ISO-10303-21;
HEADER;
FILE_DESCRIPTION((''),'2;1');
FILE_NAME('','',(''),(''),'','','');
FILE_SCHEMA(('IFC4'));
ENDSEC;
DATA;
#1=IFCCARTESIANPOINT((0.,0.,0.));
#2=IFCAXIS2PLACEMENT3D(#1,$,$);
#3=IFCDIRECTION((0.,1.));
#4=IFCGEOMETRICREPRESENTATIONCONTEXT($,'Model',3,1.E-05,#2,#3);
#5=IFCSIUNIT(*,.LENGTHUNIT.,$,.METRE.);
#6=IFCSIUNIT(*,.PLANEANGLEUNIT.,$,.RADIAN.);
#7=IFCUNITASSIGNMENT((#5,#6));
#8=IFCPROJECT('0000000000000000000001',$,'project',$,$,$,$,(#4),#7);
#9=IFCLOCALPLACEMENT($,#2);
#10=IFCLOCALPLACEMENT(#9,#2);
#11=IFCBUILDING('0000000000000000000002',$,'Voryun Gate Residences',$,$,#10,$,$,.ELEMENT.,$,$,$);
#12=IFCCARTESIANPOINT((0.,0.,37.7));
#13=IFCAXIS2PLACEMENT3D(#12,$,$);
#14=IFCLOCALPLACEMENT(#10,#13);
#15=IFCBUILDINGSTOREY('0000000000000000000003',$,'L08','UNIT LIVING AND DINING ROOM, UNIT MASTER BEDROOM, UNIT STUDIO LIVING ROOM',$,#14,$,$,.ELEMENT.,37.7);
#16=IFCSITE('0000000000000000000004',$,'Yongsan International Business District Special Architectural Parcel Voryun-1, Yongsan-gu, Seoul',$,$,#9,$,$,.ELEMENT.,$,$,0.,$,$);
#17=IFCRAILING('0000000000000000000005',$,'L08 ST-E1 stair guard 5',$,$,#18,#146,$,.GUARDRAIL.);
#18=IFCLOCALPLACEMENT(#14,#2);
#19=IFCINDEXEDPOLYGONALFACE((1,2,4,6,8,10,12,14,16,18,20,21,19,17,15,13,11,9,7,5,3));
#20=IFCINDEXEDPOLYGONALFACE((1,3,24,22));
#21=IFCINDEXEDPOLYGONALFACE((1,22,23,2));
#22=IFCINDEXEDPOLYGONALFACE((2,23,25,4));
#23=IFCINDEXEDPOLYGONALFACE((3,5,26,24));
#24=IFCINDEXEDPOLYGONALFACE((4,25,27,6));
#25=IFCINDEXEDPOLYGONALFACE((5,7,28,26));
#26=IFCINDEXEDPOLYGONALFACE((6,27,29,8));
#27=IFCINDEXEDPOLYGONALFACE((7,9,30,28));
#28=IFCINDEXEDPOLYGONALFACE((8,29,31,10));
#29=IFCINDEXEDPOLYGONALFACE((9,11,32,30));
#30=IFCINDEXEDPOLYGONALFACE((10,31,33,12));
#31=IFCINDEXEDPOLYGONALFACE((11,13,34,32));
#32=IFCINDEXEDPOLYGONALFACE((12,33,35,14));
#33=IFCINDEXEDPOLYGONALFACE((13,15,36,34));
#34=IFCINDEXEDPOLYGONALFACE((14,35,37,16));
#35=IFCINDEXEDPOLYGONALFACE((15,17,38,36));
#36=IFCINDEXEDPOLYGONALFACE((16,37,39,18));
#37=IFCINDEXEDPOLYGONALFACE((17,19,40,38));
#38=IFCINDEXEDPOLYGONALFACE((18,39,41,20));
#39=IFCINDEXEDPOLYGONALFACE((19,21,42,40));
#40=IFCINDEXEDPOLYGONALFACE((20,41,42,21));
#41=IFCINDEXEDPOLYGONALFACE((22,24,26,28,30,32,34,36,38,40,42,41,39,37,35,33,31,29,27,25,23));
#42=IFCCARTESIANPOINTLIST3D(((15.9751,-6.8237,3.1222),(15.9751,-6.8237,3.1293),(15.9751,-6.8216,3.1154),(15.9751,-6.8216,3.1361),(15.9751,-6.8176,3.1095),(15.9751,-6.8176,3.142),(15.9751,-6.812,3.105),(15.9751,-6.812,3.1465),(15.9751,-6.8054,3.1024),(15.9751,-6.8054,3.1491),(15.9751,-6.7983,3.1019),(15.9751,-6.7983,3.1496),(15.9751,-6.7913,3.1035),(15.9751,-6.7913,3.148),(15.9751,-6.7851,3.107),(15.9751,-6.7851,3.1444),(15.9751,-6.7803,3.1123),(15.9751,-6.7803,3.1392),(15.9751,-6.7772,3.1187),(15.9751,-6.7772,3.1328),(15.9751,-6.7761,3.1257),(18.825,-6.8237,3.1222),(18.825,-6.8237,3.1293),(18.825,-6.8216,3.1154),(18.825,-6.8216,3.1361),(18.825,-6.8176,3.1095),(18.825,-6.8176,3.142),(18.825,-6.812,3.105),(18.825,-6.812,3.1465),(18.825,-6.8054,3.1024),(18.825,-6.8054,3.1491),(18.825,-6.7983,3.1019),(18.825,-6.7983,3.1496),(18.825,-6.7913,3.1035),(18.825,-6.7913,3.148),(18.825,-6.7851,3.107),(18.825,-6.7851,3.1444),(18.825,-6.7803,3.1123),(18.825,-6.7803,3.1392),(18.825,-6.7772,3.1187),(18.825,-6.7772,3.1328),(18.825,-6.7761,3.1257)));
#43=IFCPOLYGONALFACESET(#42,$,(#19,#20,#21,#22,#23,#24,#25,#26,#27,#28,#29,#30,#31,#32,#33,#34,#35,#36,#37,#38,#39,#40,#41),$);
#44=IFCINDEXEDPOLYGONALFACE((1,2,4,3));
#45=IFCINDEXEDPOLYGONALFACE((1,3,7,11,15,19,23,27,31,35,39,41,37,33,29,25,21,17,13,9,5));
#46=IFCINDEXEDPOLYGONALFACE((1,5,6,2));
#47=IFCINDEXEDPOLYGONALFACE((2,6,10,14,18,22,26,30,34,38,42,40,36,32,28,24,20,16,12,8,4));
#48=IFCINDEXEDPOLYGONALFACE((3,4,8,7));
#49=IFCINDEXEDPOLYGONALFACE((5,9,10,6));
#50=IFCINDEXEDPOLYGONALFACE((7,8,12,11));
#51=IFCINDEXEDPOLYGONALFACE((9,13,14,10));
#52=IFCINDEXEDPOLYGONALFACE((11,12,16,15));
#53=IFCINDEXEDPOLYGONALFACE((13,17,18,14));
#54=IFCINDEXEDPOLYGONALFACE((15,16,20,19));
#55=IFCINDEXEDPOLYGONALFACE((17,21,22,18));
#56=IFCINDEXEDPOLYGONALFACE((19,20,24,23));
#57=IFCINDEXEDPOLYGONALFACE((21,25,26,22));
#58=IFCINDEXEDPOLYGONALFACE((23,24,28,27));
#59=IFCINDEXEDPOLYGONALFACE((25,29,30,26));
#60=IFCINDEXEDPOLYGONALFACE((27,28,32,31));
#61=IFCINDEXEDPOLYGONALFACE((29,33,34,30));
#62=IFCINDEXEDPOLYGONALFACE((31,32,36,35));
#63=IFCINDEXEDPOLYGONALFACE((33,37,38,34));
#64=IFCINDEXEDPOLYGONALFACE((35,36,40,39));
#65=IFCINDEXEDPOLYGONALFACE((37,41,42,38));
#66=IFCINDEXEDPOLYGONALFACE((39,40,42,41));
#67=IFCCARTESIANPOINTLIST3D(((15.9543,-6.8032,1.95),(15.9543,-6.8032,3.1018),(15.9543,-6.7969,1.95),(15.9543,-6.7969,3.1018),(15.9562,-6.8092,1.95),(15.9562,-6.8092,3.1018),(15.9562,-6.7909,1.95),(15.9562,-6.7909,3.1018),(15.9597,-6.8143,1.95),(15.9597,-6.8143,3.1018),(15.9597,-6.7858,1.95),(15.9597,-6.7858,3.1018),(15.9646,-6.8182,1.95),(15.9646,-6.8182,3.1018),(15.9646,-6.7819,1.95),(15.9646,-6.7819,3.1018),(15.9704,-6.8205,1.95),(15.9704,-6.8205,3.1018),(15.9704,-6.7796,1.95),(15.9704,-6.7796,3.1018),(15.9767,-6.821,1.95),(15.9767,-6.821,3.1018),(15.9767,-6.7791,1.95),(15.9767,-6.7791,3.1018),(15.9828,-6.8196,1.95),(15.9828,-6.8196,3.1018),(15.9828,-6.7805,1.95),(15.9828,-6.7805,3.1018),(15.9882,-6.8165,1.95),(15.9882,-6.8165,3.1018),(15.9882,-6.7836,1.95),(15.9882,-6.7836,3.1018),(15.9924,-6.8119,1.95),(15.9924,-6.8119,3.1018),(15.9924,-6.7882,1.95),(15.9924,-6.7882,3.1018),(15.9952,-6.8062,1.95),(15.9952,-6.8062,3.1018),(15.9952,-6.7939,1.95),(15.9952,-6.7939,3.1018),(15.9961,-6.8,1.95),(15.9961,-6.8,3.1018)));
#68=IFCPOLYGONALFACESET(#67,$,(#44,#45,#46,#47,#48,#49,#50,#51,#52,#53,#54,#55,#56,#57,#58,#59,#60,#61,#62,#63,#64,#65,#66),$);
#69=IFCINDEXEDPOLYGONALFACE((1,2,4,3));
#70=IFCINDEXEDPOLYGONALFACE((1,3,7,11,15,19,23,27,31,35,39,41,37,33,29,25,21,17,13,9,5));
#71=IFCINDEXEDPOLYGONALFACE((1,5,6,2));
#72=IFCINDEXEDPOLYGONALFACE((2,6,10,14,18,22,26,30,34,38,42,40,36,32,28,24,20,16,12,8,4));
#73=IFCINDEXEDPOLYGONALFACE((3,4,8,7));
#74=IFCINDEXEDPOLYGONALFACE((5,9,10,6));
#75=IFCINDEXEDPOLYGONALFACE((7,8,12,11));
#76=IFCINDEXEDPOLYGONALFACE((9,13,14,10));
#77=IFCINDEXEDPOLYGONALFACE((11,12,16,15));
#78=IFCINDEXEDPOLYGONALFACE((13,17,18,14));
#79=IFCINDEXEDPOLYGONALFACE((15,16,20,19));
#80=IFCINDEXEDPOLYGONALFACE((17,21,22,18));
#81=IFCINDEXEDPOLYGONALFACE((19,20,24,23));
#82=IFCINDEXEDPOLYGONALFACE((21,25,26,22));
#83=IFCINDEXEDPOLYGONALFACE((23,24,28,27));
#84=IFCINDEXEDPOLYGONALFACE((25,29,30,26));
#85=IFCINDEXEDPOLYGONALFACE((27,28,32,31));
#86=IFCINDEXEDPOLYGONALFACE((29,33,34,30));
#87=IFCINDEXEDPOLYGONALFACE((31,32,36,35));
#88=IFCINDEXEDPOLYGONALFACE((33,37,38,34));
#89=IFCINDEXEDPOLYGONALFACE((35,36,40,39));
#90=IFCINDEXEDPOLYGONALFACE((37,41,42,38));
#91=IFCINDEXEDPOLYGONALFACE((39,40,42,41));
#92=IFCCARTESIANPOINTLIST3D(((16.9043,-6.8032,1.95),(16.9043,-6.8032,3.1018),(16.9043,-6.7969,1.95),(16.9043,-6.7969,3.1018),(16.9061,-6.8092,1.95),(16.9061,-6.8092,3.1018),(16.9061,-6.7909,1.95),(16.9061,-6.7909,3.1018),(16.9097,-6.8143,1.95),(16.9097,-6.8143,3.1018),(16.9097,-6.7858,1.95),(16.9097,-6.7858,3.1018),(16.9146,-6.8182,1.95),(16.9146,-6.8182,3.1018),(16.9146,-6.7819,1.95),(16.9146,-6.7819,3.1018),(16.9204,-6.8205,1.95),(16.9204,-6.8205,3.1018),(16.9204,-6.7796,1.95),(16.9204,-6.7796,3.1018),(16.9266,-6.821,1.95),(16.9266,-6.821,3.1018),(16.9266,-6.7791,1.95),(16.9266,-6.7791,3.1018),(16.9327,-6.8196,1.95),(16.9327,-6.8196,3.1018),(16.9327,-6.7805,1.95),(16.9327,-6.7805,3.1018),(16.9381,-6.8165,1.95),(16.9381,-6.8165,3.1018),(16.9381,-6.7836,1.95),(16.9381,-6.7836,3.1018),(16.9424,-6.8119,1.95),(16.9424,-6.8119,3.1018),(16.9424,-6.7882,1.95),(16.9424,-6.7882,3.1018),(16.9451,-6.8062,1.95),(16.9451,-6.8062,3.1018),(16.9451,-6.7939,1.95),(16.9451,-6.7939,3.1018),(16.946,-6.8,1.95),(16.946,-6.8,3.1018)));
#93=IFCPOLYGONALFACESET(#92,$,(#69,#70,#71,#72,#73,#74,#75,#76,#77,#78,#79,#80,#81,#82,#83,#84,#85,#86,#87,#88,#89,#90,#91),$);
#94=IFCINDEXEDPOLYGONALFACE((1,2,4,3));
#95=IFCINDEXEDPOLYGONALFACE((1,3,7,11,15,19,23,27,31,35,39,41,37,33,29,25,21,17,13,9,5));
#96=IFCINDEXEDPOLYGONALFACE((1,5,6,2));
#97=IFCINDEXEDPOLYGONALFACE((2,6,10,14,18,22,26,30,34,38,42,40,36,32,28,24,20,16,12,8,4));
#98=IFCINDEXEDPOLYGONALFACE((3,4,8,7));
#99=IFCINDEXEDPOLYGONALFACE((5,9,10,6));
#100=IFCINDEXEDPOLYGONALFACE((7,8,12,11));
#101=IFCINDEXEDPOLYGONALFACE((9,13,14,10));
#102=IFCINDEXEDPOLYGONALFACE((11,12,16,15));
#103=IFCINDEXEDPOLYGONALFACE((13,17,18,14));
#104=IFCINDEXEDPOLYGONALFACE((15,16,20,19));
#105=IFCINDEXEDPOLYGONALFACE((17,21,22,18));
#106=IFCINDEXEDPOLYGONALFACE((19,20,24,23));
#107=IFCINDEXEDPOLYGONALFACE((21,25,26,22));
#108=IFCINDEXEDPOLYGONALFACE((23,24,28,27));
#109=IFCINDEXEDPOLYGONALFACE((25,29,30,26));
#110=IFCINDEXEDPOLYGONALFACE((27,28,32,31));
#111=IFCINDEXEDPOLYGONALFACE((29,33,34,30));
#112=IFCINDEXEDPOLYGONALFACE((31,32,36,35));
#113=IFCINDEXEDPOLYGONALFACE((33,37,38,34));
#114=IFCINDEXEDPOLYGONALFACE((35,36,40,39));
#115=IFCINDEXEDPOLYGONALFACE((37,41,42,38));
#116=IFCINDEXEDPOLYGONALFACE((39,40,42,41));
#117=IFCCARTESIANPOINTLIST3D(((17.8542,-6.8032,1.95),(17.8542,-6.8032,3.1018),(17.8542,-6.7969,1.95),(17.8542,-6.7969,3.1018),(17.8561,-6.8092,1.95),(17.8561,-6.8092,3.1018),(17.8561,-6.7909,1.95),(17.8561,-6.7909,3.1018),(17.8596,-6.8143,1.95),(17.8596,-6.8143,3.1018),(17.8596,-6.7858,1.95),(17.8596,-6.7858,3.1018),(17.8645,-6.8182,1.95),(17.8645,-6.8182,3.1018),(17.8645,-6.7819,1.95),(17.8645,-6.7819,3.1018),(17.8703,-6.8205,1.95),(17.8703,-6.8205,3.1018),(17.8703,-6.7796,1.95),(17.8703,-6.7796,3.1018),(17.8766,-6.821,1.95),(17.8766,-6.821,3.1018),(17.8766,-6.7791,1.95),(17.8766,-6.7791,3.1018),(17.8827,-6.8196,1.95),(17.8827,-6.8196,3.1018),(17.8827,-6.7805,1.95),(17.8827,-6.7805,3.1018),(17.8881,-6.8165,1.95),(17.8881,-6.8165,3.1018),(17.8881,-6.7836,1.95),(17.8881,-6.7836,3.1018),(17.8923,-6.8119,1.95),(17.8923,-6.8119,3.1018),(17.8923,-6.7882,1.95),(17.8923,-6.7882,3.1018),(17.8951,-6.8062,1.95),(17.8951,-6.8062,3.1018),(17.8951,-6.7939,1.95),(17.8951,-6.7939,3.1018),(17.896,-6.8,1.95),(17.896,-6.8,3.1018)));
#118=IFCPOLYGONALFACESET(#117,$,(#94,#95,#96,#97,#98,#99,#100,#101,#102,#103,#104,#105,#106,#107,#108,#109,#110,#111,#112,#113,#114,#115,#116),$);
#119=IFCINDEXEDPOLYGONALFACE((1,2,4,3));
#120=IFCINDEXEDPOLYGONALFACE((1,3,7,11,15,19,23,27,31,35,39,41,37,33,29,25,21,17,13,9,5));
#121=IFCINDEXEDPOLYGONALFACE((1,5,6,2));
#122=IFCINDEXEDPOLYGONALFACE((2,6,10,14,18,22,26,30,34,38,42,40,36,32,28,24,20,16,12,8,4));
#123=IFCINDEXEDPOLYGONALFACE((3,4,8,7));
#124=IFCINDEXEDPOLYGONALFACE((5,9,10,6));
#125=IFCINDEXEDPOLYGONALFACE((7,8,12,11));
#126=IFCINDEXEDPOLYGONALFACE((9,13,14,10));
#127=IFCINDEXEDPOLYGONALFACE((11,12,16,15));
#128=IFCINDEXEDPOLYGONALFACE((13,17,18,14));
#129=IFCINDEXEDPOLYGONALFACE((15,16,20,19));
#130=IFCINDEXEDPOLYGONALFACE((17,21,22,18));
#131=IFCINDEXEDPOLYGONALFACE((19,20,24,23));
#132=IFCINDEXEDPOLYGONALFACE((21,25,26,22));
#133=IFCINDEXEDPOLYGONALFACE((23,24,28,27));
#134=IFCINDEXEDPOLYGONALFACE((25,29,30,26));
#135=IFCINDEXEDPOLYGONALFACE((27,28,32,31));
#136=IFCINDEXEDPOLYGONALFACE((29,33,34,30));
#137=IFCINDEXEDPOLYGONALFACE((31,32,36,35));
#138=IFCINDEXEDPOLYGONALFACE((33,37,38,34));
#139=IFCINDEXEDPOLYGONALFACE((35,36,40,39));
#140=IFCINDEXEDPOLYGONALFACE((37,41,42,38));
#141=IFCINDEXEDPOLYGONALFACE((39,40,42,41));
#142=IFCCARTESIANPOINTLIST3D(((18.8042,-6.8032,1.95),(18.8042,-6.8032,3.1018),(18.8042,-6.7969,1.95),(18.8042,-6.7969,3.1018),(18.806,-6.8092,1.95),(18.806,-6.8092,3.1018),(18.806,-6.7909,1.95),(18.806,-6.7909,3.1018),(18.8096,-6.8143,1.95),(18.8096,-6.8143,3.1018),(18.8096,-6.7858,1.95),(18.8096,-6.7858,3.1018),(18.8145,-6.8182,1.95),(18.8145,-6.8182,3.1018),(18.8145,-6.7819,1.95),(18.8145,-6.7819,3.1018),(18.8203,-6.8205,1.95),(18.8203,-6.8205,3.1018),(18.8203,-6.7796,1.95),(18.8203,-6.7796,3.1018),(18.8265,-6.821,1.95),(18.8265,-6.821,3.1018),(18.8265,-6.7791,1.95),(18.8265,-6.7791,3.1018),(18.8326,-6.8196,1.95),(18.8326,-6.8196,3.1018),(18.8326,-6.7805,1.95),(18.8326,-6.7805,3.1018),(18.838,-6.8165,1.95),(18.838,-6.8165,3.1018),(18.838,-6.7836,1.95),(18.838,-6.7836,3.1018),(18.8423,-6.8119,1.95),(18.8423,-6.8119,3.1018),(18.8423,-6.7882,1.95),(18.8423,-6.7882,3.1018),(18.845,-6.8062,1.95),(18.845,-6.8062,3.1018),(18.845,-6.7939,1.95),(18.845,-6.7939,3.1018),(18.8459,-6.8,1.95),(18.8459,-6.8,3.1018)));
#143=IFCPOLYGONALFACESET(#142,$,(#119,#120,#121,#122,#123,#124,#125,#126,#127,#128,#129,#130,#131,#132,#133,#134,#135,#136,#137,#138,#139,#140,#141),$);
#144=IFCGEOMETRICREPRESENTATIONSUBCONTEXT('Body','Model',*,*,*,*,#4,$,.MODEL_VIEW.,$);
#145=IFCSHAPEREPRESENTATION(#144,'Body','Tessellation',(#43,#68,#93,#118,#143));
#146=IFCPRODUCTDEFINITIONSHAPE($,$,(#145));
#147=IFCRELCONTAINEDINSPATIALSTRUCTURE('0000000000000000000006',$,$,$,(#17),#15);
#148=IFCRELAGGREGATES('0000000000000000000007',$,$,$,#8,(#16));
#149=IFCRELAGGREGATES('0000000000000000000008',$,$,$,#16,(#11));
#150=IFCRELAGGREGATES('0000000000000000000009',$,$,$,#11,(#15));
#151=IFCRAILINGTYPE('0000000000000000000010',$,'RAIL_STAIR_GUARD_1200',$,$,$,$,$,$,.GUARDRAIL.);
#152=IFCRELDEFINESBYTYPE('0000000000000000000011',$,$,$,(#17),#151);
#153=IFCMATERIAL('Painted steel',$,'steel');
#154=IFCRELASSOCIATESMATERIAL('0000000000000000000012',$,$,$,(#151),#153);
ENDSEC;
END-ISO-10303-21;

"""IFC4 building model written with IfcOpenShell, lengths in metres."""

from ifc_helpers import new_model, si_unit, direction, frame, origin, origin_2d, place, context, subcontext, project, spatial, circle, extrude, material, type_object, element, save


model = new_model("IFC4")

# Units and contexts
model_context = context("Model", 3, precision=1e-05, world=origin(), true_north=direction((0.0, 1.0)))
body_context = subcontext(model_context, "Body", "Model", "MODEL_VIEW")
ifc_project = project(units=[si_unit("LENGTHUNIT", "METRE"), si_unit("PLANEANGLEUNIT", "RADIAN")], contexts=[model_context])

# Site, building, storey
site_placement = place(None, origin())
site = spatial("IfcSite", under=ifc_project, at=site_placement, Name="Yongsan International Business District Special Architectural Parcel Voryun-1, Yongsan-gu, Seoul", CompositionType="ELEMENT", RefElevation=0.0)
building_placement = place(site_placement, origin())
building = spatial("IfcBuilding", under=site, at=building_placement, Name="Voryun Gate Residences", CompositionType="ELEMENT")
storey_placement = place(building_placement, frame((0.0, 0.0, 37.7)))
storey = spatial("IfcBuildingStorey", under=building, at=storey_placement, Name="L08", Description="UNIT LIVING AND DINING ROOM, UNIT MASTER BEDROOM, UNIT STUDIO LIVING ROOM", CompositionType="ELEMENT", Elevation=37.7)

# Railing
ifc_material_1 = material(Name="Painted steel", Category="steel")
railing_type_1 = type_object("IfcRailingType", Name="RAIL_STAIR_GUARD_1200", PredefinedType="GUARDRAIL", material=ifc_material_1)
railing_1_placement = place(storey_placement, frame((15.9751, -6.8, 1.95)))
element("IfcRailing", 1, at=railing_1_placement, inside=storey, type_object=railing_type_1, Name="L08 ST-E1 stair guard 5", PredefinedType="GUARDRAIL", context=body_context, shape_type="SweptSolid", body=[
    extrude(circle(Radius=0.0239, at=origin_2d()), frame((0.0, 0.0, 1.1758), z_axis=(1.0, 0.0, 0.0), x_axis=(0.0, 1.0, 0.0)), (0.0, 0.0, 1.0), 2.8499),
    extrude(circle(Radius=0.021, at=origin_2d()), origin(), (0.0, 0.0, 1.0), 1.1519),
    extrude(circle(Radius=0.021, at=origin_2d()), frame((0.95, 0.0, 0.0)), (0.0, 0.0, 1.0), 1.1519),
    extrude(circle(Radius=0.021, at=origin_2d()), frame((1.8999, 0.0, 0.0)), (0.0, 0.0, 1.0), 1.1519),
    extrude(circle(Radius=0.021, at=origin_2d()), frame((2.8499, 0.0, 0.0)), (0.0, 0.0, 1.0), 1.1519),
])

save(model, "model.ifc")
